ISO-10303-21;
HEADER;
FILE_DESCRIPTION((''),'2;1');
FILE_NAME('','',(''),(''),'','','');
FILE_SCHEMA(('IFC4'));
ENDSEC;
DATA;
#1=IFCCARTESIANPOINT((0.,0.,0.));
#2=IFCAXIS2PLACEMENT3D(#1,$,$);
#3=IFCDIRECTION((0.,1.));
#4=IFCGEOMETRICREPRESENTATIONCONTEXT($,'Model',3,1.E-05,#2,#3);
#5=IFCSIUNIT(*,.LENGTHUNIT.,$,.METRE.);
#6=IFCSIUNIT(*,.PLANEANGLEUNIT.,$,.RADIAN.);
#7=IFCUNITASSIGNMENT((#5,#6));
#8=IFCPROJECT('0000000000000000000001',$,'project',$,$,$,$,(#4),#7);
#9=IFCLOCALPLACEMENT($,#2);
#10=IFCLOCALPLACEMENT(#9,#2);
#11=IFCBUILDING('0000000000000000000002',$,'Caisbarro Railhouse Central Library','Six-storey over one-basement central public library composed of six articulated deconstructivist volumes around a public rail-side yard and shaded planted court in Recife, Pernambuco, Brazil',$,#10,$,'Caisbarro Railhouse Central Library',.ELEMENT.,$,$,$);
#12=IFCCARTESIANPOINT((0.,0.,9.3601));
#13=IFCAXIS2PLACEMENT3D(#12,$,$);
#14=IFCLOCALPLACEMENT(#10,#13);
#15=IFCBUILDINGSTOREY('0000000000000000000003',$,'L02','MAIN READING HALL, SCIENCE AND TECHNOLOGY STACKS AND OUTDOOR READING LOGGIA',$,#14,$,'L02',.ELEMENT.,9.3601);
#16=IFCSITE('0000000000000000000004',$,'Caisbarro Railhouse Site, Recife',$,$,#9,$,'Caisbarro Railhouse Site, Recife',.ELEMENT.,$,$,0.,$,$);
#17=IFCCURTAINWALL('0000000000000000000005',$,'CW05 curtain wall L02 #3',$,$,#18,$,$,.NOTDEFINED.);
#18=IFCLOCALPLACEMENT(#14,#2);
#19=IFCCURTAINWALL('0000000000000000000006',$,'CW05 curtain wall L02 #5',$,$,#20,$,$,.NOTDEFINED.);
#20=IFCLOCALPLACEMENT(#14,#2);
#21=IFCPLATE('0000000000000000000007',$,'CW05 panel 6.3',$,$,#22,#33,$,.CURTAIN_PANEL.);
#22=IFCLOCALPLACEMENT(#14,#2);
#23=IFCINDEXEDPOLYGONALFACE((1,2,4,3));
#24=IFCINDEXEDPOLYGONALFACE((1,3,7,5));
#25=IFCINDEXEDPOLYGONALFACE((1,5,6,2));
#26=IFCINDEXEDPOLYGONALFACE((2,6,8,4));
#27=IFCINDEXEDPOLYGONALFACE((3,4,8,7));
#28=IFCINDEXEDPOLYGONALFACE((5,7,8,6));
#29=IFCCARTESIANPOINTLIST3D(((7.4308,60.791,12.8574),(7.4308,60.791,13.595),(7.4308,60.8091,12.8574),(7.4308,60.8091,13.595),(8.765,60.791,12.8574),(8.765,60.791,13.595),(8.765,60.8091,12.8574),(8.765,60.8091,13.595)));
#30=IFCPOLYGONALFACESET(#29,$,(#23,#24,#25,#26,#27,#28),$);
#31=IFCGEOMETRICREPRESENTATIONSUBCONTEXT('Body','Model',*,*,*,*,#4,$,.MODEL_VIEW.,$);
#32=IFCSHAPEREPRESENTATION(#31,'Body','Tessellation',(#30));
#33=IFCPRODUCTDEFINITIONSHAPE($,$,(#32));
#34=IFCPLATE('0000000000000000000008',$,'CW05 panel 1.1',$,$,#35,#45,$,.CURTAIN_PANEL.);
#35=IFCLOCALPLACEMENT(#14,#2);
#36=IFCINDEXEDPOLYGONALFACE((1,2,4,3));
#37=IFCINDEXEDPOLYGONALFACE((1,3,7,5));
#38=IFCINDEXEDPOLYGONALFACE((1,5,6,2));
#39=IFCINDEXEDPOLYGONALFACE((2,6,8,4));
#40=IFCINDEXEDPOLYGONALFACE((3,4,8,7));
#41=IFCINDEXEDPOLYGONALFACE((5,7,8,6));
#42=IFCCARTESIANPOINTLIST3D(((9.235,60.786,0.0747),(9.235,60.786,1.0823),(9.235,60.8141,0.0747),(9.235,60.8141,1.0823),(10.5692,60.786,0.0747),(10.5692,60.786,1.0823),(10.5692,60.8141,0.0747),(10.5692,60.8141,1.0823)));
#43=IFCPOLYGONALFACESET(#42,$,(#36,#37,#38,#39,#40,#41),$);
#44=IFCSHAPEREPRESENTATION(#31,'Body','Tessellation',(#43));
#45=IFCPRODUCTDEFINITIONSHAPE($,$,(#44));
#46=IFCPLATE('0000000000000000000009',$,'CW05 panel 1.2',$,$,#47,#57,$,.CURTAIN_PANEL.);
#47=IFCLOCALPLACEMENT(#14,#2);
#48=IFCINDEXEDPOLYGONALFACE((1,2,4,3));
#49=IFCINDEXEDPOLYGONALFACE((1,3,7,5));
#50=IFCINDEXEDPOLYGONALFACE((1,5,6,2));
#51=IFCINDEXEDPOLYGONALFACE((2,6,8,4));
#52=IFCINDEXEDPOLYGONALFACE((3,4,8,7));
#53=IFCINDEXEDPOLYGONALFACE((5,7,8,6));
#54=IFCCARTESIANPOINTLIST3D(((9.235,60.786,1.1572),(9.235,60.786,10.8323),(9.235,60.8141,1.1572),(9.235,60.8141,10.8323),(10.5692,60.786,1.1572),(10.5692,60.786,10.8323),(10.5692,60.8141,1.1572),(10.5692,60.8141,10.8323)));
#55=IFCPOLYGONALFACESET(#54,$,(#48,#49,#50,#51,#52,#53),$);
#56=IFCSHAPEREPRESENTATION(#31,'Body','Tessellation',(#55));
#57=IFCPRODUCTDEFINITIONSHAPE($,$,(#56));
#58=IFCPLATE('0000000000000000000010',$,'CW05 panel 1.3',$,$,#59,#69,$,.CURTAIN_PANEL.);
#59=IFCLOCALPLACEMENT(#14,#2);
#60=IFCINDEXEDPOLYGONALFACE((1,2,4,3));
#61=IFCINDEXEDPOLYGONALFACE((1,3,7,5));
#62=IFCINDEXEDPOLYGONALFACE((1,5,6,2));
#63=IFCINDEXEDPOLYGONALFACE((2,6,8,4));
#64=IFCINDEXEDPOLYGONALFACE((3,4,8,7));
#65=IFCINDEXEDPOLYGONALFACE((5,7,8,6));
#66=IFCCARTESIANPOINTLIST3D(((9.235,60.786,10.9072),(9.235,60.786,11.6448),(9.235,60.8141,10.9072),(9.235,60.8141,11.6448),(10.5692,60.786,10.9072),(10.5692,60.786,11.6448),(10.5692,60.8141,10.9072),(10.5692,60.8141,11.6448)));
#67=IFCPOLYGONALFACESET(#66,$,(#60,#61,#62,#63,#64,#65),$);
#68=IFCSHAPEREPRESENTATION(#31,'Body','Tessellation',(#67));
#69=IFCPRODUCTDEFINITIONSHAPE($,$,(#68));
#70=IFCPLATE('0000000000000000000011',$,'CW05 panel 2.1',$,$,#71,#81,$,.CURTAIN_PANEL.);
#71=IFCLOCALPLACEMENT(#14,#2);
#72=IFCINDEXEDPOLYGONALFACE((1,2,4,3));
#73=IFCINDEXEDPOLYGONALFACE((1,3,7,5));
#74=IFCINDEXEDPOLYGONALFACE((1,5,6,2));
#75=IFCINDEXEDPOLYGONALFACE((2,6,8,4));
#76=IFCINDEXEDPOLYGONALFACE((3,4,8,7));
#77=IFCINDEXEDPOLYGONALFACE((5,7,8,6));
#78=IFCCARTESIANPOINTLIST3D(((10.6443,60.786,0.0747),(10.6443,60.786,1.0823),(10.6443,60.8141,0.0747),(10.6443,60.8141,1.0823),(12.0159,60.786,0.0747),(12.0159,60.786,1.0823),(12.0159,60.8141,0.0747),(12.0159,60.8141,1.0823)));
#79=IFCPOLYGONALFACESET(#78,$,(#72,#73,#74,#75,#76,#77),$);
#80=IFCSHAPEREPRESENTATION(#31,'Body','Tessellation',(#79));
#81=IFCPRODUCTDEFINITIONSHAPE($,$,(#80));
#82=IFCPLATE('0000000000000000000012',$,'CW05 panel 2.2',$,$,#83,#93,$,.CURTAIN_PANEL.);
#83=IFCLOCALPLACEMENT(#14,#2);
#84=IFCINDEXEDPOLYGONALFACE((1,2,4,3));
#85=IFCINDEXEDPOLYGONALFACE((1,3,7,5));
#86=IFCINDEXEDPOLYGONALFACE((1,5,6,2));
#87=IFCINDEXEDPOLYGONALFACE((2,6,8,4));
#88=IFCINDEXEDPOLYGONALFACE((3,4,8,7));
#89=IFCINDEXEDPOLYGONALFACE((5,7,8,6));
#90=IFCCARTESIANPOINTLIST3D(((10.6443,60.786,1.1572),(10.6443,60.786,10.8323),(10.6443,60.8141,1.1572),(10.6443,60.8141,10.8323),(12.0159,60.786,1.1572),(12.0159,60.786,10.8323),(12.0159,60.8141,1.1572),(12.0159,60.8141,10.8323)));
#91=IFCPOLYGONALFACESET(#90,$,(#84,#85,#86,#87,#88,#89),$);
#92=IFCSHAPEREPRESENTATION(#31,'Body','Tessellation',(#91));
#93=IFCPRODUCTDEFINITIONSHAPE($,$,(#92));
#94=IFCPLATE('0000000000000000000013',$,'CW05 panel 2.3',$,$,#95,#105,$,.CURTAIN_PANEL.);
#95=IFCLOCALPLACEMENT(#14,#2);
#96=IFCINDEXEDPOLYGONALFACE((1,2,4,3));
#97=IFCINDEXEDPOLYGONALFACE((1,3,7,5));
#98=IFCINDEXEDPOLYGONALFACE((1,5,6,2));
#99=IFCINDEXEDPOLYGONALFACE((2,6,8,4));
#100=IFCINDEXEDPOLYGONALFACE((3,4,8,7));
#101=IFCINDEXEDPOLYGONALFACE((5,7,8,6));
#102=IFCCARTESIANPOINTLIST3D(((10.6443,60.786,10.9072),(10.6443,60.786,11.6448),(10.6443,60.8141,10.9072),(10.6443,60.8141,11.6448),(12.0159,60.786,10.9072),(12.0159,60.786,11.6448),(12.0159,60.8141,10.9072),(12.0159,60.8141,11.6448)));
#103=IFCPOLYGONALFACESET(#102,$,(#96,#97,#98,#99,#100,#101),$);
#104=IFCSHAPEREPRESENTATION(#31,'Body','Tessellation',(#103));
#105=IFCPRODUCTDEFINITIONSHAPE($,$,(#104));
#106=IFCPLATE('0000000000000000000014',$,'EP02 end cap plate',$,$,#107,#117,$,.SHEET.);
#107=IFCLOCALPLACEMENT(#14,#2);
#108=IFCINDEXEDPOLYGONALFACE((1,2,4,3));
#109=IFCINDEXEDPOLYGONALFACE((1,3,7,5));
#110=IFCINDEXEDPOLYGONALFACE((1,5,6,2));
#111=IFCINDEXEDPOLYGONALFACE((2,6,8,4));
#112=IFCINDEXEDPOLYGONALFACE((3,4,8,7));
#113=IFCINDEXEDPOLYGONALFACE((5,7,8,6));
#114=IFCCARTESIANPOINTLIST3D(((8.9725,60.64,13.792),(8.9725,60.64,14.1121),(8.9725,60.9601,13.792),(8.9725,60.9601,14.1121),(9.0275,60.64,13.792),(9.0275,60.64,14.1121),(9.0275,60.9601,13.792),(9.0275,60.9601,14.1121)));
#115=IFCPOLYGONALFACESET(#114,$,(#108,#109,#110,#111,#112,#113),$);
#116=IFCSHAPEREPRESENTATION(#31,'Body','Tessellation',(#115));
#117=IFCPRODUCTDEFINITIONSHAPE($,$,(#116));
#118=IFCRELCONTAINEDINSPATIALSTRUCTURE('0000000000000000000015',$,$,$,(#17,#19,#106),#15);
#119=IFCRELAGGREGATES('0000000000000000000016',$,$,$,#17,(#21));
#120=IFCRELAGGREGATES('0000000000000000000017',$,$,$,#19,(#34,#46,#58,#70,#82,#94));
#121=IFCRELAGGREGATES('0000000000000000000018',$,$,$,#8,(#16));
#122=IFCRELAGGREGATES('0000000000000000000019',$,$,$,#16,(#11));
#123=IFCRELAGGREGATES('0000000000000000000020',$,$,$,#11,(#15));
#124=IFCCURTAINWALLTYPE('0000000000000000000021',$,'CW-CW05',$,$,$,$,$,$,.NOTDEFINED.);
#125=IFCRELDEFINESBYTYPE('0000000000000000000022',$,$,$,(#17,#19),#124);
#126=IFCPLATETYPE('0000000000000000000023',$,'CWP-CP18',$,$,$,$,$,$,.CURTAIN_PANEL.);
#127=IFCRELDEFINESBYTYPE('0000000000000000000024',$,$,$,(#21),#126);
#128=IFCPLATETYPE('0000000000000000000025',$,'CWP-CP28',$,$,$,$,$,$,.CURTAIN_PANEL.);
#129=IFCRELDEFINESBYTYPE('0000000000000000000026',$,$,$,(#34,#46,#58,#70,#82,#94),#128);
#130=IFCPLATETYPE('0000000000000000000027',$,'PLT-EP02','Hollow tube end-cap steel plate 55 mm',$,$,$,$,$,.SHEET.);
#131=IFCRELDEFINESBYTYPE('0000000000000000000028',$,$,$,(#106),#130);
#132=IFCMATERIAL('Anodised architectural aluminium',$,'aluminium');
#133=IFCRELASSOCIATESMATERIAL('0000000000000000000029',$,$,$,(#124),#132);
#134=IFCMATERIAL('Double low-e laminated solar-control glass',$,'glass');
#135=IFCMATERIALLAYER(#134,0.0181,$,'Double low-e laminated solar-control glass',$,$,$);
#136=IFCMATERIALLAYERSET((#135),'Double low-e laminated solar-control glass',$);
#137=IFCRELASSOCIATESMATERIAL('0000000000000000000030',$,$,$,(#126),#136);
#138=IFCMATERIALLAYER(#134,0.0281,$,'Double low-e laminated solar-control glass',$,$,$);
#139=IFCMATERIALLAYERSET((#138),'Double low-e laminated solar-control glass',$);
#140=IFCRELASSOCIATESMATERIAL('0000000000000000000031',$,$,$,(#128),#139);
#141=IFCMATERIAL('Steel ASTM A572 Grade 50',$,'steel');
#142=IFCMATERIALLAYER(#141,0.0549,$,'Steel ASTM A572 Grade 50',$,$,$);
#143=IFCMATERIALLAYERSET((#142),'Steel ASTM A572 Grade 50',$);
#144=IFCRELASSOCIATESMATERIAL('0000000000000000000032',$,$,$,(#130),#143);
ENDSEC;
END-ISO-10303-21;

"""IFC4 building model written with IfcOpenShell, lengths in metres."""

from ifc_helpers import new_model, si_unit, direction, frame, origin, origin_2d, place, context, subcontext, project, spatial, rectangle, extrude, material, layer, layer_set, type_object, element, aggregate, save


model = new_model("IFC4")

# Units and contexts
model_context = context("Model", 3, precision=1e-05, world=origin(), true_north=direction((0.0, 1.0)))
body_context = subcontext(model_context, "Body", "Model", "MODEL_VIEW")
ifc_project = project(units=[si_unit("LENGTHUNIT", "METRE"), si_unit("PLANEANGLEUNIT", "RADIAN")], contexts=[model_context])

# Site, building, storey
site_placement = place(None, origin())
site = spatial("IfcSite", under=ifc_project, at=site_placement, Name="Caisbarro Railhouse Site, Recife", LongName="Caisbarro Railhouse Site, Recife", CompositionType="ELEMENT", RefElevation=0.0)
building_placement = place(site_placement, origin())
building = spatial("IfcBuilding", under=site, at=building_placement, Name="Caisbarro Railhouse Central Library", Description="Six-storey over one-basement central public library composed of six articulated deconstructivist volumes around a public rail-side yard and shaded planted court in Recife, Pernambuco, Brazil", LongName="Caisbarro Railhouse Central Library", CompositionType="ELEMENT")
storey_placement = place(building_placement, frame((0.0, 0.0, 9.3601)))
storey = spatial("IfcBuildingStorey", under=building, at=storey_placement, Name="L02", Description="MAIN READING HALL, SCIENCE AND TECHNOLOGY STACKS AND OUTDOOR READING LOGGIA", LongName="L02", CompositionType="ELEMENT", Elevation=9.3601)

# Shared definitions
ifc_material_1 = material(Name="Steel ASTM A572 Grade 50", Category="steel")

# Curtain wall
ifc_material_2 = material(Name="Anodised architectural aluminium", Category="aluminium")
curtain_wall_type = type_object("IfcCurtainWallType", Name="CW-CW05", PredefinedType="NOTDEFINED", material=ifc_material_2)
curtain_wall_1_placement = place(storey_placement, origin())
curtain_wall_1 = element("IfcCurtainWall", 1, at=curtain_wall_1_placement, inside=storey, type_object=curtain_wall_type, Name="CW05 curtain wall L02 #3", PredefinedType="NOTDEFINED")

# Curtain wall
curtain_wall_2_placement = place(storey_placement, origin())
curtain_wall_2 = element("IfcCurtainWall", 2, at=curtain_wall_2_placement, inside=storey, type_object=curtain_wall_type, Name="CW05 curtain wall L02 #5", PredefinedType="NOTDEFINED")

# Plates
ifc_material_3 = material(Name="Double low-e laminated solar-control glass", Category="glass")
ifc_layer_1 = layer(ifc_material_3, 0.0181, Name="Double low-e laminated solar-control glass")
ifc_layer_set_1 = layer_set([ifc_layer_1], Name="Double low-e laminated solar-control glass")
plate_type_1 = type_object("IfcPlateType", Name="CWP-CP18", PredefinedType="CURTAIN_PANEL", material=ifc_layer_set_1)
plate_1_placement = place(storey_placement, frame((8.0979, 60.8, 12.8574), z_axis=(0.0, 0.0, 1.0), x_axis=(1.0, 0.0, 0.0)))
plate_1 = element("IfcPlate", 3, at=plate_1_placement, type_object=plate_type_1, Name="CW05 panel 6.3", PredefinedType="CURTAIN_PANEL", context=body_context, shape_type="SweptSolid", body=[
    extrude(rectangle(XDim=1.3342, YDim=0.0181, at=origin_2d()), origin(), (0.0, 0.0, 1.0), 0.7375),
])
aggregate(curtain_wall_1, [plate_1])
ifc_layer_2 = layer(ifc_material_3, 0.0281, Name="Double low-e laminated solar-control glass")
ifc_layer_set_2 = layer_set([ifc_layer_2], Name="Double low-e laminated solar-control glass")
plate_type_2 = type_object("IfcPlateType", Name="CWP-CP28", PredefinedType="CURTAIN_PANEL", material=ifc_layer_set_2)
plate_2_placement = place(storey_placement, frame((9.9021, 60.8, 0.0747), z_axis=(0.0, 0.0, 1.0), x_axis=(1.0, 0.0, 0.0)))
plate_2 = element("IfcPlate", 4, at=plate_2_placement, type_object=plate_type_2, Name="CW05 panel 1.1", PredefinedType="CURTAIN_PANEL", context=body_context, shape_type="SweptSolid", body=[
    extrude(rectangle(XDim=1.3342, YDim=0.0281, at=origin_2d()), origin(), (0.0, 0.0, 1.0), 1.0076),
])
plate_3_placement = place(storey_placement, frame((9.9021, 60.8, 1.1572), z_axis=(0.0, 0.0, 1.0), x_axis=(1.0, 0.0, 0.0)))
plate_3 = element("IfcPlate", 5, at=plate_3_placement, type_object=plate_type_2, Name="CW05 panel 1.2", PredefinedType="CURTAIN_PANEL", context=body_context, shape_type="SweptSolid", body=[
    extrude(rectangle(XDim=1.3342, YDim=0.0281, at=origin_2d()), origin(), (0.0, 0.0, 1.0), 9.675),
])
plate_4_placement = place(storey_placement, frame((9.9021, 60.8, 10.9072), z_axis=(0.0, 0.0, 1.0), x_axis=(1.0, 0.0, 0.0)))
plate_4 = element("IfcPlate", 6, at=plate_4_placement, type_object=plate_type_2, Name="CW05 panel 1.3", PredefinedType="CURTAIN_PANEL", context=body_context, shape_type="SweptSolid", body=[
    extrude(rectangle(XDim=1.3342, YDim=0.0281, at=origin_2d()), origin(), (0.0, 0.0, 1.0), 0.7375),
])
plate_5_placement = place(storey_placement, frame((11.3301, 60.8, 0.0747), z_axis=(0.0, 0.0, 1.0), x_axis=(1.0, 0.0, 0.0)))
plate_5 = element("IfcPlate", 7, at=plate_5_placement, type_object=plate_type_2, Name="CW05 panel 2.1", PredefinedType="CURTAIN_PANEL", context=body_context, shape_type="SweptSolid", body=[
    extrude(rectangle(XDim=1.3716, YDim=0.0281, at=origin_2d()), origin(), (0.0, 0.0, 1.0), 1.0076),
])
plate_6_placement = place(storey_placement, frame((11.3301, 60.8, 1.1572), z_axis=(0.0, 0.0, 1.0), x_axis=(1.0, 0.0, 0.0)))
plate_6 = element("IfcPlate", 8, at=plate_6_placement, type_object=plate_type_2, Name="CW05 panel 2.2", PredefinedType="CURTAIN_PANEL", context=body_context, shape_type="SweptSolid", body=[
    extrude(rectangle(XDim=1.3716, YDim=0.0281, at=origin_2d()), origin(), (0.0, 0.0, 1.0), 9.675),
])
plate_7_placement = place(storey_placement, frame((11.3301, 60.8, 10.9072), z_axis=(0.0, 0.0, 1.0), x_axis=(1.0, 0.0, 0.0)))
plate_7 = element("IfcPlate", 9, at=plate_7_placement, type_object=plate_type_2, Name="CW05 panel 2.3", PredefinedType="CURTAIN_PANEL", context=body_context, shape_type="SweptSolid", body=[
    extrude(rectangle(XDim=1.3716, YDim=0.0281, at=origin_2d()), origin(), (0.0, 0.0, 1.0), 0.7375),
])
aggregate(curtain_wall_2, [plate_2, plate_3, plate_4, plate_5, plate_6, plate_7])
ifc_layer_3 = layer(ifc_material_1, 0.0549, Name="Steel ASTM A572 Grade 50")
ifc_layer_set_3 = layer_set([ifc_layer_3], Name="Steel ASTM A572 Grade 50")
plate_type_3 = type_object("IfcPlateType", Name="PLT-EP02", Description="Hollow tube end-cap steel plate 55 mm", PredefinedType="SHEET", material=ifc_layer_set_3)
plate_8_placement = place(storey_placement, frame((9.0, 60.8, 13.792), z_axis=(0.0, 0.0, 1.0), x_axis=(1.0, 0.0, 0.0)))
element("IfcPlate", 10, at=plate_8_placement, inside=storey, type_object=plate_type_3, Name="EP02 end cap plate", PredefinedType="SHEET", context=body_context, shape_type="SweptSolid", body=[
    extrude(rectangle(XDim=0.0549, YDim=0.3201, at=origin_2d()), origin(), (0.0, 0.0, 1.0), 0.3201),
])

save(model, "model.ifc")
